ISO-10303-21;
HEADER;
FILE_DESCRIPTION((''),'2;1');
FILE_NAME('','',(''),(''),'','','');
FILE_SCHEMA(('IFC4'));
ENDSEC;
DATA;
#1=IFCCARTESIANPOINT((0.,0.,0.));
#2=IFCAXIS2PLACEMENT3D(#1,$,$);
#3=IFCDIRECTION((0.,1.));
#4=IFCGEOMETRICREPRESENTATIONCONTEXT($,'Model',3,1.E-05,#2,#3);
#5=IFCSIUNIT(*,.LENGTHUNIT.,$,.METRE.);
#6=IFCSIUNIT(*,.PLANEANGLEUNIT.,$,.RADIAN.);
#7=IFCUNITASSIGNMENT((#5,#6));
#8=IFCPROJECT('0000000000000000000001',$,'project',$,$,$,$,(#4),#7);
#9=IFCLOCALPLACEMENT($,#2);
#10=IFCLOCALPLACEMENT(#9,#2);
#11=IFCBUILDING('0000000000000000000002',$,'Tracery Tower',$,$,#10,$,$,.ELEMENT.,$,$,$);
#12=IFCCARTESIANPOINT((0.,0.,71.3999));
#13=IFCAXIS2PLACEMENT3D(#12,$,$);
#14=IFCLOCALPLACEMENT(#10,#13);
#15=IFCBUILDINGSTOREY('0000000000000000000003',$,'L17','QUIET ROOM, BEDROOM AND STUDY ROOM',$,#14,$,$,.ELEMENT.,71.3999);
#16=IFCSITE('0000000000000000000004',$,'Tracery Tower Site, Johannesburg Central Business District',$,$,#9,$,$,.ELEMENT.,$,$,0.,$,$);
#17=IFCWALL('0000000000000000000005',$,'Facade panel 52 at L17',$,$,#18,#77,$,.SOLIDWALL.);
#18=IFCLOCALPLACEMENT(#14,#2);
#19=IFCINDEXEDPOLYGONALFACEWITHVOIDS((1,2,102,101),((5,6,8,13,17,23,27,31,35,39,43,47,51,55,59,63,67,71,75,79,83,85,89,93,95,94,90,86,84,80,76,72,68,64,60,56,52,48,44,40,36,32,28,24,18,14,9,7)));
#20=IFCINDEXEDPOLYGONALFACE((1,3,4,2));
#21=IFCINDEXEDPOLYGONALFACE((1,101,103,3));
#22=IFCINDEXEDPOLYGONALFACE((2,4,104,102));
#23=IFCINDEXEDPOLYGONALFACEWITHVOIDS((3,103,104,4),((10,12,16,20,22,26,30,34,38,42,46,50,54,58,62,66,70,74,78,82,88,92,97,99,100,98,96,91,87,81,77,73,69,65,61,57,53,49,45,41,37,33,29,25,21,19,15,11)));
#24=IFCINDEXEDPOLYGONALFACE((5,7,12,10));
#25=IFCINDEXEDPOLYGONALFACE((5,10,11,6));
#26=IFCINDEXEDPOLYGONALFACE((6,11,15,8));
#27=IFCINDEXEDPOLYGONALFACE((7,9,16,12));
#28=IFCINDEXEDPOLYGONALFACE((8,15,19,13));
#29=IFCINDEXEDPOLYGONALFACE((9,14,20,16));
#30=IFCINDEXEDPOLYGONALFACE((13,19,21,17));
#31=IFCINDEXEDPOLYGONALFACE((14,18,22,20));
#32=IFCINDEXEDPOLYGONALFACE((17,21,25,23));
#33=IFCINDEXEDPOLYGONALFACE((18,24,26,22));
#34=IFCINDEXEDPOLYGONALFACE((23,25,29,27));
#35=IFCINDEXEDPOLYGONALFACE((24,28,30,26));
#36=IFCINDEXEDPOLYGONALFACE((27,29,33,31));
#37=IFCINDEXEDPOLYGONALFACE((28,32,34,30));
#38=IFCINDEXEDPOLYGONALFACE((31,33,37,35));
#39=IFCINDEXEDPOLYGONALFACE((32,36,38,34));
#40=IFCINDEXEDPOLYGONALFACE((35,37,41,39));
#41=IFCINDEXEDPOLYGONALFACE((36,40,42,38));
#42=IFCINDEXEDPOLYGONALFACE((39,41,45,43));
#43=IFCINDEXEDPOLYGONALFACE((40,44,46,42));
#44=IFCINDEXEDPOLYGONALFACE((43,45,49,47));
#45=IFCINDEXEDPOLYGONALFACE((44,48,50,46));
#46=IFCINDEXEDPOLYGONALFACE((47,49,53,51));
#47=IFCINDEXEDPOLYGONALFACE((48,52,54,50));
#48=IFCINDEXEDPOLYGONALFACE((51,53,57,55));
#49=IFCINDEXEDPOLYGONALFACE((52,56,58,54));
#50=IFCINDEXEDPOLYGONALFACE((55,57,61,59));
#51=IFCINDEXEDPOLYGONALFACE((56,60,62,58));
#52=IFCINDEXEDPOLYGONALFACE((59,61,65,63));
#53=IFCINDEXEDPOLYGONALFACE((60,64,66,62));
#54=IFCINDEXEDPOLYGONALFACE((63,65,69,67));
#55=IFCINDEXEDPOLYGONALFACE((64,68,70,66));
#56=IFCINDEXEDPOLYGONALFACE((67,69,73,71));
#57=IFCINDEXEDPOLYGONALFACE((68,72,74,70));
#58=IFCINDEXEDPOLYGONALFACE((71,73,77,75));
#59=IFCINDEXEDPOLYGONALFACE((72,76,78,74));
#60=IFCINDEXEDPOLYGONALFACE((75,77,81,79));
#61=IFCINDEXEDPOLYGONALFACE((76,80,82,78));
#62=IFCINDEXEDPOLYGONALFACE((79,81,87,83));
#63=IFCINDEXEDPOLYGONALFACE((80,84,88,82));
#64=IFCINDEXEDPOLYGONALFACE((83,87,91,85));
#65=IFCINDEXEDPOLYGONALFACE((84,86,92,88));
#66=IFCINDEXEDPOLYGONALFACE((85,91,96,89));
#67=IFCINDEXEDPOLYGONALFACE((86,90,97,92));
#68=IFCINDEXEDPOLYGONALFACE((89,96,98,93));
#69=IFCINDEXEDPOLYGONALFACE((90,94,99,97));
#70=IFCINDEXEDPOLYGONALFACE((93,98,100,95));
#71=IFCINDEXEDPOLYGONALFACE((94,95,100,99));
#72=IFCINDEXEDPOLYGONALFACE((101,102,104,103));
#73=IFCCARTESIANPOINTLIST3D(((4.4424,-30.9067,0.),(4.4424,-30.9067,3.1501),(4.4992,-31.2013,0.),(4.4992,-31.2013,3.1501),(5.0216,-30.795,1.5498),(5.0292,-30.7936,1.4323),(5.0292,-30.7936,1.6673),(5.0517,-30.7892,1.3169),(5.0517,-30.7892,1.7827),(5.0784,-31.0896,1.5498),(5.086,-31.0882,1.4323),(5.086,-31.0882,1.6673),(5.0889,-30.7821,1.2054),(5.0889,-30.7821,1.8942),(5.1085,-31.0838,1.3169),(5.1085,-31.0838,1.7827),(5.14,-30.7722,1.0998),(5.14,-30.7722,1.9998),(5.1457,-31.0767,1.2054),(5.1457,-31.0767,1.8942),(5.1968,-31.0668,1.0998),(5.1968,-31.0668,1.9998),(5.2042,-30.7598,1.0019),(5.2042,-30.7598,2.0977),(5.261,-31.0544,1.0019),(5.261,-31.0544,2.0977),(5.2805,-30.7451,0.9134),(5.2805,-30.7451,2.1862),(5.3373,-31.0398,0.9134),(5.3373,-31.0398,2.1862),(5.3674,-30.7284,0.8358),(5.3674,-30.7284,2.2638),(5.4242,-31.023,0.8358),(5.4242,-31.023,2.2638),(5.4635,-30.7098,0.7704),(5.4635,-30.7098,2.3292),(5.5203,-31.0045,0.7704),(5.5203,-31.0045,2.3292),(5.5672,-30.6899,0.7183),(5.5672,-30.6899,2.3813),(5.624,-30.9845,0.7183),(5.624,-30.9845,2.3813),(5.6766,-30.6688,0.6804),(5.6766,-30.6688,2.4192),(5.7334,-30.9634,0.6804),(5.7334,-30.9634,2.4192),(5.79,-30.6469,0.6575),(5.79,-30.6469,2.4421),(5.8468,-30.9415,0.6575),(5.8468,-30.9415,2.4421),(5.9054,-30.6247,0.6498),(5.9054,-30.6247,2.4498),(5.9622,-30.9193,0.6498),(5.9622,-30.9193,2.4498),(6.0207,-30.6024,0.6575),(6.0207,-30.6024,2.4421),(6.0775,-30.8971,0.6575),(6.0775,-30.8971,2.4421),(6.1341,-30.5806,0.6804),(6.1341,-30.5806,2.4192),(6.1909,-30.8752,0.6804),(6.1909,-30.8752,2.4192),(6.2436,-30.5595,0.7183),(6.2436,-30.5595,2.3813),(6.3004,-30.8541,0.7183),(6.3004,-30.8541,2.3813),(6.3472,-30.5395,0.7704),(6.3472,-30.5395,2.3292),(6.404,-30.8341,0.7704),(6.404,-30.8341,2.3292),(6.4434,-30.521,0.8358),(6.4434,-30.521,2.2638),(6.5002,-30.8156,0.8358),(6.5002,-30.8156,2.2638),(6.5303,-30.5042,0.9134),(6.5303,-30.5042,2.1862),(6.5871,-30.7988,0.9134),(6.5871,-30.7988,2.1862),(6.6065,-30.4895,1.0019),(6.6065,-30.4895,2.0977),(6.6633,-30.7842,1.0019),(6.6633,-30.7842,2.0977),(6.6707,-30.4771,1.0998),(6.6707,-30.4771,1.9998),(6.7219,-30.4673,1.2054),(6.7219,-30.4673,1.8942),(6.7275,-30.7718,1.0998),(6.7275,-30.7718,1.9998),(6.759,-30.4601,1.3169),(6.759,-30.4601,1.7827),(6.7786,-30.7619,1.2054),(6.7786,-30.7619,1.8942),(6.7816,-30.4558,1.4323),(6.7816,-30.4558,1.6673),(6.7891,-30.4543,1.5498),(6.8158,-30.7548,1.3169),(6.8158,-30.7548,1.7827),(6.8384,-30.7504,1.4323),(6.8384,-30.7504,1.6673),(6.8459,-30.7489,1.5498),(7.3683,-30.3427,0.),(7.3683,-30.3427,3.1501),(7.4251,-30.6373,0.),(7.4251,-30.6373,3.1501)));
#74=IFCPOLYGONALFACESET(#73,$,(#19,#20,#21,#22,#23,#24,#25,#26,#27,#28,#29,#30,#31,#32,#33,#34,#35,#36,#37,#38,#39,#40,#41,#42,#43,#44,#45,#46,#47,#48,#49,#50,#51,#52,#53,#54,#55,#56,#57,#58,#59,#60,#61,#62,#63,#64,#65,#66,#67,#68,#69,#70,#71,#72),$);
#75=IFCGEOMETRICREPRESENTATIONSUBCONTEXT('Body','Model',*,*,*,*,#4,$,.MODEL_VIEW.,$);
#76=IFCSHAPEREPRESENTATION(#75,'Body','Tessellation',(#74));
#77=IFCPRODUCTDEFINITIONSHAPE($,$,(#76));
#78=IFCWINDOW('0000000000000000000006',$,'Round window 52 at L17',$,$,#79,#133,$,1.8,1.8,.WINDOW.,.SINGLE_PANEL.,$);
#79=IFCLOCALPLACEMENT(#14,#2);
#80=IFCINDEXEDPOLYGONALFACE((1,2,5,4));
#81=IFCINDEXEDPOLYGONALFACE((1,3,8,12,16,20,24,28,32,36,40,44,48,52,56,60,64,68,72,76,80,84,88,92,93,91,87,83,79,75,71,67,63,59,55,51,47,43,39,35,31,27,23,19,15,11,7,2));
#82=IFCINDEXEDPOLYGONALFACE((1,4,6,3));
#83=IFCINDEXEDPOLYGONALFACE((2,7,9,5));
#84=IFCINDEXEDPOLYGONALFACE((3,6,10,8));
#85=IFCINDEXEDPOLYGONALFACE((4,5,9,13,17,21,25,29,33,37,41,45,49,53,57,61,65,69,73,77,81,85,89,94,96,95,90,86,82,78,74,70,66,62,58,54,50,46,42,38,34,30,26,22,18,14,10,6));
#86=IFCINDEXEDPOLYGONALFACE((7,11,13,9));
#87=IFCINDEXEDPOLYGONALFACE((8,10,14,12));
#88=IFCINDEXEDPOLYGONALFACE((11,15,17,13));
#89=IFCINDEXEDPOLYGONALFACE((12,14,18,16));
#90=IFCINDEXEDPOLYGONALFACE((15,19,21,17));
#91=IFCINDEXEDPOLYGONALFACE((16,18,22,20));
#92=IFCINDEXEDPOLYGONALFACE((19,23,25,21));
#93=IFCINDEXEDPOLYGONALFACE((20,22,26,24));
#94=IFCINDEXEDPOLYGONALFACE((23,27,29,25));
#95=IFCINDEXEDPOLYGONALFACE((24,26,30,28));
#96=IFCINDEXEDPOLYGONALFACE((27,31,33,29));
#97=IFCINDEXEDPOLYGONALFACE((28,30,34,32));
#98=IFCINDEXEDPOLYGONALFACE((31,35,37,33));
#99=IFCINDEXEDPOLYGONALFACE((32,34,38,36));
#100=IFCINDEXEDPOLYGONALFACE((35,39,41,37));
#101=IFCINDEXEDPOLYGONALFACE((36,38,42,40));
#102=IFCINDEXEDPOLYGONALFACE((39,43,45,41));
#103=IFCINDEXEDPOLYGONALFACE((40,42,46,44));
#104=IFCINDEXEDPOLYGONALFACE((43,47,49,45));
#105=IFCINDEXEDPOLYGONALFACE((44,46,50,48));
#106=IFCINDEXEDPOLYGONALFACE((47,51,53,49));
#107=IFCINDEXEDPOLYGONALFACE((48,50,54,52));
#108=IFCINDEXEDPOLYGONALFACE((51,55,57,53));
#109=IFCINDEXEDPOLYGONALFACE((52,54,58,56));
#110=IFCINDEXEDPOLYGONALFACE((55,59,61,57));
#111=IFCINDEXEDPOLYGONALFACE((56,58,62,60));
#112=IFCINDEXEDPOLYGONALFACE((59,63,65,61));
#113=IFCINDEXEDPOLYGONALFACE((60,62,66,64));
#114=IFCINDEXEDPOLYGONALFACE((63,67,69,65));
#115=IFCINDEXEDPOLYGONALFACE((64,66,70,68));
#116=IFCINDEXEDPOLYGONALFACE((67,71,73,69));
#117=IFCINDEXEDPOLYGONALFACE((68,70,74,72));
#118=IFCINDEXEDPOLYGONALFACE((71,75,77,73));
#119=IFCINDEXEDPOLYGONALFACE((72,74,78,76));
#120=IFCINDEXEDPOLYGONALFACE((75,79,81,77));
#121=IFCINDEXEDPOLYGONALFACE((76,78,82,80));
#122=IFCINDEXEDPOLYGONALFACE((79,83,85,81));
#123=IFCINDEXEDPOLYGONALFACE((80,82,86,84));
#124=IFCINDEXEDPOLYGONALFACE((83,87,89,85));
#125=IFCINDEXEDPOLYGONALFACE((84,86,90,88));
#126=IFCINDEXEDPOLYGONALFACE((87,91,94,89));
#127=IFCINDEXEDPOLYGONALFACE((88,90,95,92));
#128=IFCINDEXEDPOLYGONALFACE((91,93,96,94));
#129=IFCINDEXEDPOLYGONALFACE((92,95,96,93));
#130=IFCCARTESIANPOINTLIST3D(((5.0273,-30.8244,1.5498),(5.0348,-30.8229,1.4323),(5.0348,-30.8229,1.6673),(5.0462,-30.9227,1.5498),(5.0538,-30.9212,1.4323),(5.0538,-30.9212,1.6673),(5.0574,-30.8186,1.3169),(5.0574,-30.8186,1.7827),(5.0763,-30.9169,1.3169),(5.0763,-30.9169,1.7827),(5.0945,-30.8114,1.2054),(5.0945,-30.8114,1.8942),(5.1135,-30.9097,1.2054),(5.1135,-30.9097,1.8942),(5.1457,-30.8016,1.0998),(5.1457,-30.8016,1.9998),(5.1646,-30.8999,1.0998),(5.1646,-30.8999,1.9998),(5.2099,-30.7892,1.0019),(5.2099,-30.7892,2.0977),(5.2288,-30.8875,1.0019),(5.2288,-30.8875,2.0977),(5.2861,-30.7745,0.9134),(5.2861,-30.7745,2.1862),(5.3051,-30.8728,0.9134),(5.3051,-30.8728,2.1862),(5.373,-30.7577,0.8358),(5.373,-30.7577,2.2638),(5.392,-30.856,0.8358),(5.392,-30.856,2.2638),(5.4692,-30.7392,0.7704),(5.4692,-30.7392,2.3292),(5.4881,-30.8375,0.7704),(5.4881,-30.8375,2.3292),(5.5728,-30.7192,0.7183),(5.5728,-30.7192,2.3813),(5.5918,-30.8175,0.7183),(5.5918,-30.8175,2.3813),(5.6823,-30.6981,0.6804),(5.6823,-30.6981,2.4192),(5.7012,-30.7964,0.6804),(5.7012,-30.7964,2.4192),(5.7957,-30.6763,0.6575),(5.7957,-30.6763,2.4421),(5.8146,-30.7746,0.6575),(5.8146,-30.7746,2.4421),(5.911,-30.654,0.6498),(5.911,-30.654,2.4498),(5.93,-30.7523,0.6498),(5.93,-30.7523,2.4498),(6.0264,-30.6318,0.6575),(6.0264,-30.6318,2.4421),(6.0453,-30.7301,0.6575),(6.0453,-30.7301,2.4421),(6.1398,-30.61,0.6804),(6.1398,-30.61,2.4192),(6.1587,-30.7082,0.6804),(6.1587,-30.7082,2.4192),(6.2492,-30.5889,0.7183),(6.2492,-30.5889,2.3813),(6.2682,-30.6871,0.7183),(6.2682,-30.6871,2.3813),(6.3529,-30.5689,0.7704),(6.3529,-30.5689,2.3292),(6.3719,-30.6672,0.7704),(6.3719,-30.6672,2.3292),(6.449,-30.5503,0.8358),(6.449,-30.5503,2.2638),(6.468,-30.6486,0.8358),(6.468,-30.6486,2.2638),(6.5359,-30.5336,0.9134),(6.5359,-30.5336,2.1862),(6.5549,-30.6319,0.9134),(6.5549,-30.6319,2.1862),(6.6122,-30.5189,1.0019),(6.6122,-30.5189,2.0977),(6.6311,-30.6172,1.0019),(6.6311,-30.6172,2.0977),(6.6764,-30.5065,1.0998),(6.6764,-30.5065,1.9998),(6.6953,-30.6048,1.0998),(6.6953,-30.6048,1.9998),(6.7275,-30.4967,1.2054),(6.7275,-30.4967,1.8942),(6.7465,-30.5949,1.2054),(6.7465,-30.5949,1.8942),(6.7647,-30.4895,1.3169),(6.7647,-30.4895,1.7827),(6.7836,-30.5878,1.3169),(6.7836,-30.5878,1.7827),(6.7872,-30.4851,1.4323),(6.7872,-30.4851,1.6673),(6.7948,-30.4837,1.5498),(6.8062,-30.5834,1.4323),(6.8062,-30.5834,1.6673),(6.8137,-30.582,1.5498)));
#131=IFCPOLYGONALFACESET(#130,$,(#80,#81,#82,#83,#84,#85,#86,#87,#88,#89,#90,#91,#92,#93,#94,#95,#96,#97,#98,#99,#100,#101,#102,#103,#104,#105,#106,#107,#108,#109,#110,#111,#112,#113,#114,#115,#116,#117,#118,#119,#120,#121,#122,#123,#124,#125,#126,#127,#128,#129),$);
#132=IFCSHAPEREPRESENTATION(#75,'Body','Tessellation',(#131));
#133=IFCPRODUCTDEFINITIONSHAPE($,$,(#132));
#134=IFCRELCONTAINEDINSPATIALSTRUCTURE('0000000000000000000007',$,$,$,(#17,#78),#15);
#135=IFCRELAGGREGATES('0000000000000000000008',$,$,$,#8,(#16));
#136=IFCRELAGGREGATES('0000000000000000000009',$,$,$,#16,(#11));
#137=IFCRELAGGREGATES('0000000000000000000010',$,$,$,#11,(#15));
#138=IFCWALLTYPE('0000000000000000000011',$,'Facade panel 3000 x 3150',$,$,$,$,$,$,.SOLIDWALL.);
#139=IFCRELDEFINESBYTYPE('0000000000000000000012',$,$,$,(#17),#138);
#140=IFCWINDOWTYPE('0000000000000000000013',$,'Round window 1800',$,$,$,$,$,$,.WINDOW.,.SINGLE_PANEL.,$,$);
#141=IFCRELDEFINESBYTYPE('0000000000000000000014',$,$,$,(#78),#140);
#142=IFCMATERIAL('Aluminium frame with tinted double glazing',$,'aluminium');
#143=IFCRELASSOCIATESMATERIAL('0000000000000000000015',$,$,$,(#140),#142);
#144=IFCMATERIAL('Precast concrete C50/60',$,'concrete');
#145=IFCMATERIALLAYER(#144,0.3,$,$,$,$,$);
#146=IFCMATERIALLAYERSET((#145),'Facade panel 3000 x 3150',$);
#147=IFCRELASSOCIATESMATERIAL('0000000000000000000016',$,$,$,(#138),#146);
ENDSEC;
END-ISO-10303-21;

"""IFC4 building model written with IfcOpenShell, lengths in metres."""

from ifc_helpers import new_model, si_unit, direction, frame, frame_2d, origin, origin_2d, place, context, subcontext, project, spatial, rectangle, circle, extrude, material, layer, layer_set, type_object, element, fill, save


model = new_model("IFC4")

# Units and contexts
model_context = context("Model", 3, precision=1e-05, world=origin(), true_north=direction((0.0, 1.0)))
body_context = subcontext(model_context, "Body", "Model", "MODEL_VIEW")
ifc_project = project(units=[si_unit("LENGTHUNIT", "METRE"), si_unit("PLANEANGLEUNIT", "RADIAN")], contexts=[model_context])

# Site, building, storey
site_placement = place(None, origin())
site = spatial("IfcSite", under=ifc_project, at=site_placement, Name="Tracery Tower Site, Johannesburg Central Business District", CompositionType="ELEMENT", RefElevation=0.0)
building_placement = place(site_placement, origin())
building = spatial("IfcBuilding", under=site, at=building_placement, Name="Tracery Tower", CompositionType="ELEMENT")
storey_placement = place(building_placement, frame((0.0, 0.0, 71.3999)))
storey = spatial("IfcBuildingStorey", under=building, at=storey_placement, Name="L17", Description="QUIET ROOM, BEDROOM AND STUDY ROOM", CompositionType="ELEMENT", Elevation=71.3999)

# Wall, opening, window
ifc_material_1 = material(Name="Aluminium frame with tinted double glazing", Category="aluminium")
window_type = type_object("IfcWindowType", Name="Round window 1800", PartitioningType="SINGLE_PANEL", PredefinedType="WINDOW", material=ifc_material_1)
ifc_material_2 = material(Name="Precast concrete C50/60", Category="concrete")
ifc_layer_1 = layer(ifc_material_2, 0.3)
ifc_layer_set_1 = layer_set([ifc_layer_1], Name="Facade panel 3000 x 3150")
wall_type_1 = type_object("IfcWallType", Name="Facade panel 3000 x 3150", PredefinedType="SOLIDWALL", material=ifc_layer_set_1)
wall_1_placement = place(storey_placement, frame((4.4709, -31.054, 0.0), z_axis=(0.0, 0.0, 1.0), x_axis=(0.981925, 0.189273, 0.0)))
wall_1 = element("IfcWall", 1, at=wall_1_placement, inside=storey, type_object=wall_type_1, Name="Facade panel 52 at L17", PredefinedType="SOLIDWALL", context=body_context, shape_type="SweptSolid", body=[
    extrude(rectangle(XDim=2.9797, YDim=0.3, at=frame_2d((1.4897, 0.0))), origin(), (0.0, 0.0, 1.0), 3.1501),
])
opening_1_placement = place(wall_1_placement, frame((1.4897, 0.0, 1.5498)))
opening_1 = element("IfcOpeningElement", 2, at=opening_1_placement, cuts=wall_1, PredefinedType="OPENING", context=body_context, shape_type="SweptSolid", body=[
    extrude(circle(Radius=0.9, at=origin_2d()), frame((0.0, 0.1599, 0.0), z_axis=(0.0, -1.0, 0.0), x_axis=(1.0, 0.0, 0.0)), (0.0, 0.0, 1.0), 0.3201),
])
window_1_placement = place(opening_1_placement, origin())
window_1 = element("IfcWindow", 3, at=window_1_placement, inside=storey, type_object=window_type, Name="Round window 52 at L17", OverallHeight=1.8, OverallWidth=1.8, PartitioningType="SINGLE_PANEL", PredefinedType="WINDOW", context=body_context, shape_type="SweptSolid", body=[
    extrude(circle(Radius=0.9, at=origin_2d()), frame((0.0, 0.1201, 0.0), z_axis=(0.0, -1.0, 0.0), x_axis=(1.0, 0.0, 0.0)), (0.0, 0.0, 1.0), 0.1001),
])
fill(opening_1, window_1)

save(model, "model.ifc")
